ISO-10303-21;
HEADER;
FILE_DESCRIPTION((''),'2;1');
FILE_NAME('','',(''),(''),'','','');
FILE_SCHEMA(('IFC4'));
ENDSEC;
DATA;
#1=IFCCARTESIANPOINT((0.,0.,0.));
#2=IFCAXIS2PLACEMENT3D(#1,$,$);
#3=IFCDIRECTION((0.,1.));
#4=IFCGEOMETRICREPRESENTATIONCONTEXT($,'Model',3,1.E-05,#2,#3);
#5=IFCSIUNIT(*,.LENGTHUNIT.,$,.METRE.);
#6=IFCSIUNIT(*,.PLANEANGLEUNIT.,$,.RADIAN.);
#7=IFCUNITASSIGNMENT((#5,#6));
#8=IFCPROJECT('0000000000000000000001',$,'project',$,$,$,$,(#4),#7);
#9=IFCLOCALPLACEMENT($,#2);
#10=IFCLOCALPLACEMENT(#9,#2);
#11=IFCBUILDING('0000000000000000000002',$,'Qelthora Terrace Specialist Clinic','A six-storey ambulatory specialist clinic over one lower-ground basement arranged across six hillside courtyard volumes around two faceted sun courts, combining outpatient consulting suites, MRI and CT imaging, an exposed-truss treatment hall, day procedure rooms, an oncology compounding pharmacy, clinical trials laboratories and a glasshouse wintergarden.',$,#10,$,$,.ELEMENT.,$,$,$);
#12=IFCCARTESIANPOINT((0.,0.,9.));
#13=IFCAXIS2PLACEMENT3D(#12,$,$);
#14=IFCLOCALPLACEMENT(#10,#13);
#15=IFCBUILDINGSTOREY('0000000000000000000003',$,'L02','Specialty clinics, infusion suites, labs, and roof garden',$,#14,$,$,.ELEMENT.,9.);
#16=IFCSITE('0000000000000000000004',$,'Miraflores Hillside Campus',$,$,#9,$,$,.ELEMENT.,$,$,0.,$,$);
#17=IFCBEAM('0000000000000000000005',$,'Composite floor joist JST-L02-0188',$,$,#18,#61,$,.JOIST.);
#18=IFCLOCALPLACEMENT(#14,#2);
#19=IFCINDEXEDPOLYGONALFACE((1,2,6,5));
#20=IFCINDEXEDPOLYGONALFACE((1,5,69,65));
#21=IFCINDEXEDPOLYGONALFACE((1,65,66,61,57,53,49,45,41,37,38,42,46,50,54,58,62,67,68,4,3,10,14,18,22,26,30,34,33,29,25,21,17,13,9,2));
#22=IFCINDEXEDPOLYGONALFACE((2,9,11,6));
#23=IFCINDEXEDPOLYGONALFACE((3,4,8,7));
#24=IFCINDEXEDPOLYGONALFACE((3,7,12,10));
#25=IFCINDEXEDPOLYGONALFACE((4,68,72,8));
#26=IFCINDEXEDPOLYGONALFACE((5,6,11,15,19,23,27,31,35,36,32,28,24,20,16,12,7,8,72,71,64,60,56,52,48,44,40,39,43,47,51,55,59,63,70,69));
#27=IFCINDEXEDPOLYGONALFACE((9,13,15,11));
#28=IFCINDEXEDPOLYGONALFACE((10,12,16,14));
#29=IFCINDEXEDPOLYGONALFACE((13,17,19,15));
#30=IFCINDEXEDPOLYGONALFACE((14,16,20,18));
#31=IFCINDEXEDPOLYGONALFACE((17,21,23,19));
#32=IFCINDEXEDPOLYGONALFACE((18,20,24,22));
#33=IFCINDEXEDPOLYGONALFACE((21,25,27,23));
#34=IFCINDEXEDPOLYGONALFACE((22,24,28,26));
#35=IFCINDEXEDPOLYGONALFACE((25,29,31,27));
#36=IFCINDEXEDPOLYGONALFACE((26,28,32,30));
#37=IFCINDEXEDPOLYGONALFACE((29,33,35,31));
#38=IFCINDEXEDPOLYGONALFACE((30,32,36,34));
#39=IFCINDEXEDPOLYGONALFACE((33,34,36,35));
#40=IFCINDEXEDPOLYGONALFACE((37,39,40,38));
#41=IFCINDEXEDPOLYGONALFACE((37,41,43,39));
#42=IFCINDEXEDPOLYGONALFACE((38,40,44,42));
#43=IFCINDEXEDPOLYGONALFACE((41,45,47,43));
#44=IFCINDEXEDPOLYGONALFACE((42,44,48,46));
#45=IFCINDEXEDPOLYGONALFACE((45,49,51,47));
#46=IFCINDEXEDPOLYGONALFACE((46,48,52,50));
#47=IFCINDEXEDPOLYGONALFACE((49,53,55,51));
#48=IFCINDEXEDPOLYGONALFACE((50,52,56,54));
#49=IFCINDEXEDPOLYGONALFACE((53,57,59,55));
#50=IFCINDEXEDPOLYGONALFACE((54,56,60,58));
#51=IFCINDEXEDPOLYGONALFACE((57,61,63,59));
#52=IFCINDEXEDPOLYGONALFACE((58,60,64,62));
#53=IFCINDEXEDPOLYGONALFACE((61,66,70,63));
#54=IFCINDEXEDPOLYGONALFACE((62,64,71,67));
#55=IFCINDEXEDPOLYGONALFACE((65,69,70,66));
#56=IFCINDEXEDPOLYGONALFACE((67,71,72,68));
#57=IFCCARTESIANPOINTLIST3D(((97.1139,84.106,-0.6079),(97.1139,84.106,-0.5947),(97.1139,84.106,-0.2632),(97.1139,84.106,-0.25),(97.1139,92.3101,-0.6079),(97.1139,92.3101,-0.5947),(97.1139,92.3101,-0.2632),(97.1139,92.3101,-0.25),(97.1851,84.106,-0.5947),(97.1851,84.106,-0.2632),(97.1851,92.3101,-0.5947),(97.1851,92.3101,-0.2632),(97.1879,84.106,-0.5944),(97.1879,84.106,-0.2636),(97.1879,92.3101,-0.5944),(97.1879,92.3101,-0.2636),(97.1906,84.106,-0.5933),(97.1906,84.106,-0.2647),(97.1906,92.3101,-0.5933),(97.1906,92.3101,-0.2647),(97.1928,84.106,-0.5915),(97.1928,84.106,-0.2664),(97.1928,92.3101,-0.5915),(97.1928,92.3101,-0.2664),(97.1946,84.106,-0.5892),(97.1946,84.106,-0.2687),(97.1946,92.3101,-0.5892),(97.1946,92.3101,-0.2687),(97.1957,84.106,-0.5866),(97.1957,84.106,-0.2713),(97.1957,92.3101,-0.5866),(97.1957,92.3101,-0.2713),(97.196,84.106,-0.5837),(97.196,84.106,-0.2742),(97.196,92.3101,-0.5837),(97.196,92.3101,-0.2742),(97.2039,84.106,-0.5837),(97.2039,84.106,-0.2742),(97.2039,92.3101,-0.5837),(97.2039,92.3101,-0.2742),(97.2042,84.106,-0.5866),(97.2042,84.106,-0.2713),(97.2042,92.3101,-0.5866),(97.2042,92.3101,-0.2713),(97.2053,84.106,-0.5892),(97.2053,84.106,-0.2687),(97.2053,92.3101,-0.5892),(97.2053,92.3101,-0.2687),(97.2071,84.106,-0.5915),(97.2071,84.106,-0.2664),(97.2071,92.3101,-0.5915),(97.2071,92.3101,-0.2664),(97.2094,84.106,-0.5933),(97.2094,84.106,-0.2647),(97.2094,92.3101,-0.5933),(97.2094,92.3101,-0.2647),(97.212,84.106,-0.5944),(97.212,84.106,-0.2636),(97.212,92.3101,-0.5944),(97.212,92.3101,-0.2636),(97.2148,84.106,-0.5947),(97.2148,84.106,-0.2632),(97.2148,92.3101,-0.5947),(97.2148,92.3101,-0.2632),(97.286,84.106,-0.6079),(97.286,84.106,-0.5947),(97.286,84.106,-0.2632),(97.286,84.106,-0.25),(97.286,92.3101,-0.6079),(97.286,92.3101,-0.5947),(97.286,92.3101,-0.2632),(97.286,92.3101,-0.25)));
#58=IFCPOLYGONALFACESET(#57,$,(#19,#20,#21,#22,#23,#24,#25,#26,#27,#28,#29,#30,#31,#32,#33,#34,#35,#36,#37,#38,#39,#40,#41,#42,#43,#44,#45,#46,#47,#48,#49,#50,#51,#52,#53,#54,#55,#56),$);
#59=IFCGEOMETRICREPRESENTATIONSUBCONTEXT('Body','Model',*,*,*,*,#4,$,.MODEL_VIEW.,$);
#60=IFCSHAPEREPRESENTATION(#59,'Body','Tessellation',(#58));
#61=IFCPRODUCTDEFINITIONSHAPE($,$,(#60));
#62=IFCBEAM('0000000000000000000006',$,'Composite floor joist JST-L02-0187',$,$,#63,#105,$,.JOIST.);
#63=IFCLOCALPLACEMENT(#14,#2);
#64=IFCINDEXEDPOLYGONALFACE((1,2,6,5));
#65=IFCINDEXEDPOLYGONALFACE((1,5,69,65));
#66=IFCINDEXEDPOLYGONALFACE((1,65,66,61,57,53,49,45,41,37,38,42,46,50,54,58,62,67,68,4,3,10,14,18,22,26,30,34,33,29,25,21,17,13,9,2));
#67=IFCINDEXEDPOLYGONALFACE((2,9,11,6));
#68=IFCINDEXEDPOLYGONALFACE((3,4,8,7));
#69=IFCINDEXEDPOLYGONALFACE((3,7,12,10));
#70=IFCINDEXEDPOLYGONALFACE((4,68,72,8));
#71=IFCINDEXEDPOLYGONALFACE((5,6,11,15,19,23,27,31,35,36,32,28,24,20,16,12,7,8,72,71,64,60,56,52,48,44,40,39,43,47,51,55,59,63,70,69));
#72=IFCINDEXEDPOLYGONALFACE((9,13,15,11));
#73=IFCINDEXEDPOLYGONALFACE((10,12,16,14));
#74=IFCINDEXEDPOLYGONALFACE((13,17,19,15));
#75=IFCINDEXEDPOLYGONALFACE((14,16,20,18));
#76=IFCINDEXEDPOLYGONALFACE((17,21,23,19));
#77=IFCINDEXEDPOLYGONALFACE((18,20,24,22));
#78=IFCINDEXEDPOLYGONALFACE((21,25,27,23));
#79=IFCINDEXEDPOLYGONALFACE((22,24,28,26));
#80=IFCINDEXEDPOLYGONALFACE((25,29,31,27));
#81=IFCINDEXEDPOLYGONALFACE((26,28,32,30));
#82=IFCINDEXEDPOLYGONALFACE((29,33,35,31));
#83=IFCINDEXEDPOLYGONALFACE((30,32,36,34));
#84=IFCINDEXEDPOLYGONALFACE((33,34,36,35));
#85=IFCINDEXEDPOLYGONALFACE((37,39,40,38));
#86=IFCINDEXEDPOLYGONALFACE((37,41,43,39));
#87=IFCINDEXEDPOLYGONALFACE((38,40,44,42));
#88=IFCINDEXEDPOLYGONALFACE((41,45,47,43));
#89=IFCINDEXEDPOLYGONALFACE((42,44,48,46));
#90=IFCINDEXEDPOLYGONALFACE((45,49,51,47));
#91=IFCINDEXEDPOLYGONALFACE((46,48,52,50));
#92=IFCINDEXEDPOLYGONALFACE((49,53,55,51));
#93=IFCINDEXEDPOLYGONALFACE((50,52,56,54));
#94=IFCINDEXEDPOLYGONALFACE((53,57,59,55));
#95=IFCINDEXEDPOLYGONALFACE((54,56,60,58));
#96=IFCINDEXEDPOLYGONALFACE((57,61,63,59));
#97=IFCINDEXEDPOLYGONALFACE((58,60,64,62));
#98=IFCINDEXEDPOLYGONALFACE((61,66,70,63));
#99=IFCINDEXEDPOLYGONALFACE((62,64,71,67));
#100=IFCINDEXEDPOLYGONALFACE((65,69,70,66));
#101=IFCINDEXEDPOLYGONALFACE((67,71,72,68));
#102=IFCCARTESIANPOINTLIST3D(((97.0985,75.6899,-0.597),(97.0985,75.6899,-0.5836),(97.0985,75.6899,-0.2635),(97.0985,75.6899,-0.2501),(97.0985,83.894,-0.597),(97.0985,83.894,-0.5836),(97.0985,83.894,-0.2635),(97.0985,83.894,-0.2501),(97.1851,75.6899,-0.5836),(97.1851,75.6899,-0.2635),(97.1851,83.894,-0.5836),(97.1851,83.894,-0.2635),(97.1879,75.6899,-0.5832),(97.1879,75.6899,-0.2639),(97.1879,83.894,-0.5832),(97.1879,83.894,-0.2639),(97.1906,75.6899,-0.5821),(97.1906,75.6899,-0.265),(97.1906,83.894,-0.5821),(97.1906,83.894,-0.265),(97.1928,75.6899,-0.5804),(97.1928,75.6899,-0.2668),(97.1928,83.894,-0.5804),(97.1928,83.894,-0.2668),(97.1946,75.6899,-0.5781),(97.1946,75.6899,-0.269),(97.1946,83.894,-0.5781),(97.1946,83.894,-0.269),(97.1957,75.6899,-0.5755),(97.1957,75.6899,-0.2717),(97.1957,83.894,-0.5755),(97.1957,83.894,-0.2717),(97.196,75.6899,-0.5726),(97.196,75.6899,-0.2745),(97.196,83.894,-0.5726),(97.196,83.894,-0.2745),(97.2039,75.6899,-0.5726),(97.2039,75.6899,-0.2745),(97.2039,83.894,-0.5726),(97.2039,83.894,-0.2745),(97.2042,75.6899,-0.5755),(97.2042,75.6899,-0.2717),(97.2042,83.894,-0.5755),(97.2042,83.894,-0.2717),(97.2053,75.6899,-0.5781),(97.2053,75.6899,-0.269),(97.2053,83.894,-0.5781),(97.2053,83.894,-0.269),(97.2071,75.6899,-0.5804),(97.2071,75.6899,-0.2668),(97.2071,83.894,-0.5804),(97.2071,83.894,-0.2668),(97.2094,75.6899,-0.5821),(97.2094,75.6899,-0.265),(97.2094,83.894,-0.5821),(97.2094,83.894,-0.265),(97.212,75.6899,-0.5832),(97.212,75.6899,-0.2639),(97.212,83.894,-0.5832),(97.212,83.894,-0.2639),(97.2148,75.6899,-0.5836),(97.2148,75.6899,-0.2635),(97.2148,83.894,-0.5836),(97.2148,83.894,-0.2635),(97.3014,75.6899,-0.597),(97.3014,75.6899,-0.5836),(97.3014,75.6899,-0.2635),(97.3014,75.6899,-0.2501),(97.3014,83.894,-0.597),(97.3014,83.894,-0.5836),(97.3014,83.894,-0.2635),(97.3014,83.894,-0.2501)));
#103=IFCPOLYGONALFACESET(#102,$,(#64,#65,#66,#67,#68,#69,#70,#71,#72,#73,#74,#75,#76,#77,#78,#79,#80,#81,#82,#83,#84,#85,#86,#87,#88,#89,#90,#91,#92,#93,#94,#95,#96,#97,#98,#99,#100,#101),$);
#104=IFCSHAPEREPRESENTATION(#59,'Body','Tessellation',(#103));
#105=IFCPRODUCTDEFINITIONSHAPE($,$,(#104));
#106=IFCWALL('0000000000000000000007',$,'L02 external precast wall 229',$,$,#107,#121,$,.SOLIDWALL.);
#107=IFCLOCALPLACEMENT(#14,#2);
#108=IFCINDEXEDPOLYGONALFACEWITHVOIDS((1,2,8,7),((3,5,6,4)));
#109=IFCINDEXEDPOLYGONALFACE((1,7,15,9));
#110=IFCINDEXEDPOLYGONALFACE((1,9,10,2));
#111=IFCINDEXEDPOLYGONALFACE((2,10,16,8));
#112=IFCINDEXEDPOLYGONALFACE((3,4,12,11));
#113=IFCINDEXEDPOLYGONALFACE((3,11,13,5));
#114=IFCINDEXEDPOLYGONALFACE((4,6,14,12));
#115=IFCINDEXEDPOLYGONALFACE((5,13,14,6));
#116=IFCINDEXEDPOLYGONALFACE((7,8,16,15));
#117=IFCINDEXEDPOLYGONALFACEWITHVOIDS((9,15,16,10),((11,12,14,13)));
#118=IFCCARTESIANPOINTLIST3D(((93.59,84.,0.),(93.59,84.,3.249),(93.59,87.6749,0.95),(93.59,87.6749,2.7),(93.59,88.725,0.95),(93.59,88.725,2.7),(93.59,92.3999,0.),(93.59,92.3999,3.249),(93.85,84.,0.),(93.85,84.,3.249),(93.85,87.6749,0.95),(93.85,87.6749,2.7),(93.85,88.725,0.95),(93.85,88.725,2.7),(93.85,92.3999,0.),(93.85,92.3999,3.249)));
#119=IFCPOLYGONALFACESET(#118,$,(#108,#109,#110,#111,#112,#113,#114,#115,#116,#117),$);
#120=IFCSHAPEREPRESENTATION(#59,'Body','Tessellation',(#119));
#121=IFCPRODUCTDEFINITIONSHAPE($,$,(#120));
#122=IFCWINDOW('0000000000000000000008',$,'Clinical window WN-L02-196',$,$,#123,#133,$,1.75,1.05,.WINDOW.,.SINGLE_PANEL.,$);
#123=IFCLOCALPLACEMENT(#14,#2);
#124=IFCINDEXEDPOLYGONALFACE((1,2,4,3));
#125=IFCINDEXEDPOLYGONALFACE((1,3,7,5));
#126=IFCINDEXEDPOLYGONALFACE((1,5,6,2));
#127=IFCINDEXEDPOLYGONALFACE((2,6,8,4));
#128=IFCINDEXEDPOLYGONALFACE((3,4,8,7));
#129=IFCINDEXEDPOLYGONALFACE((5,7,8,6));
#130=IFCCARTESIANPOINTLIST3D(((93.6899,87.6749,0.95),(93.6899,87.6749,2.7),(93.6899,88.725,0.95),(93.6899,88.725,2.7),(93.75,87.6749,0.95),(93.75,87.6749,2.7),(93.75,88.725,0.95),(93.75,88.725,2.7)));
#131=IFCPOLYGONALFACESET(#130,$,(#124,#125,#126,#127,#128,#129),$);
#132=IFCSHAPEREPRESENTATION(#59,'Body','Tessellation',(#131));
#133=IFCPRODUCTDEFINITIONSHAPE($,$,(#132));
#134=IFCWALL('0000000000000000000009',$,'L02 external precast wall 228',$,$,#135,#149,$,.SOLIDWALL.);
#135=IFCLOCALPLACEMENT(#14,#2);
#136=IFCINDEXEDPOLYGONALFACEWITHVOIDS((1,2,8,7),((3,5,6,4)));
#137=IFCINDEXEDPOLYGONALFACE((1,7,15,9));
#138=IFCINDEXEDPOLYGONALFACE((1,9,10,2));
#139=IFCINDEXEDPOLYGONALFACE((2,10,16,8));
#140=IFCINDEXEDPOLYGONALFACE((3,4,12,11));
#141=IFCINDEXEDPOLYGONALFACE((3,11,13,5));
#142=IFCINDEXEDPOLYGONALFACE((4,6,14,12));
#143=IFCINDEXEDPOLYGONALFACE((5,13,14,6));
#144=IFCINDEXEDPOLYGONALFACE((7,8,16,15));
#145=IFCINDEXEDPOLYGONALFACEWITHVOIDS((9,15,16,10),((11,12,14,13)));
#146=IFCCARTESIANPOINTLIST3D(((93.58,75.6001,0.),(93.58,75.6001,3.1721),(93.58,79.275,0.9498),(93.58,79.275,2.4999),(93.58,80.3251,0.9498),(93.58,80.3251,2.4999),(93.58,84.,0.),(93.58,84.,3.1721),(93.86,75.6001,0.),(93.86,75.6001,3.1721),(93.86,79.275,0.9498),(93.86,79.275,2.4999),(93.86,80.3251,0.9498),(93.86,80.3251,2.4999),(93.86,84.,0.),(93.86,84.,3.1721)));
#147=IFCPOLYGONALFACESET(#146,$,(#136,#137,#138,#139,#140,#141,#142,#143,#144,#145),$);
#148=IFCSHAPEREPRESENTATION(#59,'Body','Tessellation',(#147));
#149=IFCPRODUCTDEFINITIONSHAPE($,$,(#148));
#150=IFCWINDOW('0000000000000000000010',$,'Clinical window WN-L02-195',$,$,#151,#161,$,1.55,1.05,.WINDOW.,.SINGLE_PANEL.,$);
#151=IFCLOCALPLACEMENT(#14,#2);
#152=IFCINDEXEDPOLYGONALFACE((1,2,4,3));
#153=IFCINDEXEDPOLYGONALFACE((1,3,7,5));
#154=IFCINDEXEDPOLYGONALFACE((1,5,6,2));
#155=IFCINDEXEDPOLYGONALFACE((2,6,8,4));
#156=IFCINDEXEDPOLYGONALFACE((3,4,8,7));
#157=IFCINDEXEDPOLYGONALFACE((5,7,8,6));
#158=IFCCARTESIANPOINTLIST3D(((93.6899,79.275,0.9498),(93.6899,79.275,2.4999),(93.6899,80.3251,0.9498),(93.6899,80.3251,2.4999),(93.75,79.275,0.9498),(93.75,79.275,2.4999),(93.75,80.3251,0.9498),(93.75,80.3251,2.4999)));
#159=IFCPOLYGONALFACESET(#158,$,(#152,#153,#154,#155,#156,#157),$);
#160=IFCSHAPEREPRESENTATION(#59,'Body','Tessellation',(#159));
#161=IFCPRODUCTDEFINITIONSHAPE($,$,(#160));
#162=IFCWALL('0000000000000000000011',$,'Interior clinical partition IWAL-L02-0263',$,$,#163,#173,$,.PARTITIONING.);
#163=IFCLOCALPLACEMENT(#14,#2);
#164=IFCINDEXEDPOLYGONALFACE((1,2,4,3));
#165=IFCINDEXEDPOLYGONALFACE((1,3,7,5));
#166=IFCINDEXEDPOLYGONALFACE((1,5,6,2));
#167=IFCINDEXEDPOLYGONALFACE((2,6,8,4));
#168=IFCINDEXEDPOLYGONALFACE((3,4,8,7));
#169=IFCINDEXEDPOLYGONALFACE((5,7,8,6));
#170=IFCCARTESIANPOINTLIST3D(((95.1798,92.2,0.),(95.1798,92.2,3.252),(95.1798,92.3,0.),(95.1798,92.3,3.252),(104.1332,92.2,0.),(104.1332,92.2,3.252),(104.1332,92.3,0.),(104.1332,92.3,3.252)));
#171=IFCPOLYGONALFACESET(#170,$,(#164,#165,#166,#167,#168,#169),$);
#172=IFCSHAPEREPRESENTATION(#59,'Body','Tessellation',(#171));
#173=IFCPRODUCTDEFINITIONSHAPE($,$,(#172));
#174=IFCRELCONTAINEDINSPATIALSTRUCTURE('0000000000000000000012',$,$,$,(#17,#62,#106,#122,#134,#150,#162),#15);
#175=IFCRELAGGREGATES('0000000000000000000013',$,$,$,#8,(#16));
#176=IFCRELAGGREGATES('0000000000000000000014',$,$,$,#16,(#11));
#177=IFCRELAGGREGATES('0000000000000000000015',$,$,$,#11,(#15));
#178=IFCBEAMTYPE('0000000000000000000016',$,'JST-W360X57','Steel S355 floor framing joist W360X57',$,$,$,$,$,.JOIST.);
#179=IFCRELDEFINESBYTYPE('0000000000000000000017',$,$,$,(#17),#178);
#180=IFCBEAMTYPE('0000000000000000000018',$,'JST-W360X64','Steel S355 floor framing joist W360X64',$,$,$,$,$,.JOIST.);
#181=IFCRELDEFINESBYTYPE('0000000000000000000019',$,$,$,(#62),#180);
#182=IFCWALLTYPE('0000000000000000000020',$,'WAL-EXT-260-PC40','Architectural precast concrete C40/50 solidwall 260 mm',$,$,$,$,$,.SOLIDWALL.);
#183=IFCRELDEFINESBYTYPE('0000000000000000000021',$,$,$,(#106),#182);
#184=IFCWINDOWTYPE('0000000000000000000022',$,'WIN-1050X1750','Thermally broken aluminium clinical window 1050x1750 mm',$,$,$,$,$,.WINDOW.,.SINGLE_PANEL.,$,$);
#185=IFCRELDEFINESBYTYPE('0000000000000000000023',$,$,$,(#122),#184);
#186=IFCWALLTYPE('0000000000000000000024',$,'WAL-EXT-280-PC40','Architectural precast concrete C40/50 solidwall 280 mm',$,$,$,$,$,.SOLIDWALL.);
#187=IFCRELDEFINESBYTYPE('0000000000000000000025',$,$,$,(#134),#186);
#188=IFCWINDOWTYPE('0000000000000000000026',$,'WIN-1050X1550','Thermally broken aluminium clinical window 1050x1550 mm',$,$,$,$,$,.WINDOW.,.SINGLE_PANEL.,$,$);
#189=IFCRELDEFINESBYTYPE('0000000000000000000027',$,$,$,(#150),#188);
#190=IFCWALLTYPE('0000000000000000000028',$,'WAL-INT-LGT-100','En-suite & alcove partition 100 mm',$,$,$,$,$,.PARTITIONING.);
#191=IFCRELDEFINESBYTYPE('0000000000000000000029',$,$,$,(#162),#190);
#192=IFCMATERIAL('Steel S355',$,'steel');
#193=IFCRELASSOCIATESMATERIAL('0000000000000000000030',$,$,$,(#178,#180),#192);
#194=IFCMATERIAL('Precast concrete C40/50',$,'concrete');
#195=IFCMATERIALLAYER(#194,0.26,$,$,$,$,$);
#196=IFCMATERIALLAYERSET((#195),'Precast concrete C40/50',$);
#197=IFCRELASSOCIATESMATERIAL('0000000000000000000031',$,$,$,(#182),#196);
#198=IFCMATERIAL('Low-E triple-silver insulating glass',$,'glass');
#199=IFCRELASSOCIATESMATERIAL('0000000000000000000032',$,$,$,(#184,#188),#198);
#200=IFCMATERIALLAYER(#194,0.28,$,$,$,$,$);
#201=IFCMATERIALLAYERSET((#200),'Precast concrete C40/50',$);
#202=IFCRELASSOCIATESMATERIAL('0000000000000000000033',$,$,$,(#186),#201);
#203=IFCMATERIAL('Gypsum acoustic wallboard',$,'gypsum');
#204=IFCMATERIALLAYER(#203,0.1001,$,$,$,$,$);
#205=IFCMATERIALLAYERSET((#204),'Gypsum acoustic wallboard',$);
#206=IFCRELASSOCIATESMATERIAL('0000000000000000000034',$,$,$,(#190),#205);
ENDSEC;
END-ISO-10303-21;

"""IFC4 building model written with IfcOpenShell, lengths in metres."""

from ifc_helpers import new_model, si_unit, direction, frame, frame_2d, origin, origin_2d, place, context, subcontext, project, spatial, rectangle, i_section, extrude, material, layer, layer_set, material_profile, profile_set, type_object, element, fill, save


model = new_model("IFC4")

# Units and contexts
model_context = context("Model", 3, precision=1e-05, world=origin(), true_north=direction((0.0, 1.0)))
body_context = subcontext(model_context, "Body", "Model", "MODEL_VIEW")
ifc_project = project(units=[si_unit("LENGTHUNIT", "METRE"), si_unit("PLANEANGLEUNIT", "RADIAN")], contexts=[model_context])

# Site, building, storey
site_placement = place(None, origin())
site = spatial("IfcSite", under=ifc_project, at=site_placement, Name="Miraflores Hillside Campus", CompositionType="ELEMENT", RefElevation=0.0)
building_placement = place(site_placement, origin())
building = spatial("IfcBuilding", under=site, at=building_placement, Name="Qelthora Terrace Specialist Clinic", Description="A six-storey ambulatory specialist clinic over one lower-ground basement arranged across six hillside courtyard volumes around two faceted sun courts, combining outpatient consulting suites, MRI and CT imaging, an exposed-truss treatment hall, day procedure rooms, an oncology compounding pharmacy, clinical trials laboratories and a glasshouse wintergarden.", CompositionType="ELEMENT")
storey_placement = place(building_placement, frame((0.0, 0.0, 9.0)))
storey = spatial("IfcBuildingStorey", under=building, at=storey_placement, Name="L02", Description="Specialty clinics, infusion suites, labs, and roof garden", CompositionType="ELEMENT", Elevation=9.0)

# Shared definitions
ifc_material_1 = material(Name="Steel S355", Category="steel")

# Beams
ifc_material_profile_1 = material_profile(ifc_material_1, i_section(OverallWidth=0.1721, OverallDepth=0.3579, WebThickness=0.0078, FlangeThickness=0.0132, FilletRadius=0.011, at=origin_2d()), Name="W360X57")
ifc_profile_set_1 = profile_set([ifc_material_profile_1], Name="Steel S355")
beam_type_1 = type_object("IfcBeamType", Name="JST-W360X57", Description="Steel S355 floor framing joist W360X57", PredefinedType="JOIST", material=ifc_profile_set_1)
beam_1_placement = place(storey_placement, frame((97.2, 84.106, -0.429), z_axis=(0.0, 1.0, 0.0), x_axis=(-1.0, 0.0, 0.0)))
element("IfcBeam", 1, at=beam_1_placement, inside=storey, type_object=beam_type_1, Name="Composite floor joist JST-L02-0188", PredefinedType="JOIST", context=body_context, shape_type="SweptSolid", body=[
    extrude(i_section(OverallWidth=0.1721, OverallDepth=0.3579, WebThickness=0.0078, FlangeThickness=0.0132, FilletRadius=0.011, at=origin_2d()), origin(), (0.0, 0.0, 1.0), 8.2041),
])
ifc_material_profile_2 = material_profile(ifc_material_1, i_section(OverallWidth=0.2029, OverallDepth=0.3469, WebThickness=0.0078, FlangeThickness=0.0134, FilletRadius=0.011, at=origin_2d()), Name="W360X64")
ifc_profile_set_2 = profile_set([ifc_material_profile_2], Name="Steel S355")
beam_type_2 = type_object("IfcBeamType", Name="JST-W360X64", Description="Steel S355 floor framing joist W360X64", PredefinedType="JOIST", material=ifc_profile_set_2)
beam_2_placement = place(storey_placement, frame((97.2, 75.6899, -0.4236), z_axis=(0.0, 1.0, 0.0), x_axis=(-1.0, 0.0, 0.0)))
element("IfcBeam", 2, at=beam_2_placement, inside=storey, type_object=beam_type_2, Name="Composite floor joist JST-L02-0187", PredefinedType="JOIST", context=body_context, shape_type="SweptSolid", body=[
    extrude(i_section(OverallWidth=0.2029, OverallDepth=0.3469, WebThickness=0.0078, FlangeThickness=0.0134, FilletRadius=0.011, at=origin_2d()), origin(), (0.0, 0.0, 1.0), 8.2041),
])

# Walls, openings, windows
ifc_material_2 = material(Name="Precast concrete C40/50", Category="concrete")
ifc_layer_1 = layer(ifc_material_2, 0.26)
ifc_layer_set_1 = layer_set([ifc_layer_1], Name="Precast concrete C40/50")
wall_type_1 = type_object("IfcWallType", Name="WAL-EXT-260-PC40", Description="Architectural precast concrete C40/50 solidwall 260 mm", PredefinedType="SOLIDWALL", material=ifc_layer_set_1)
wall_1_placement = place(storey_placement, frame((93.72, 84.0, 0.0), z_axis=(0.0, 0.0, 1.0), x_axis=(0.0, 1.0, 0.0)))
wall_1 = element("IfcWall", 3, at=wall_1_placement, inside=storey, type_object=wall_type_1, Name="L02 external precast wall 229", PredefinedType="SOLIDWALL", context=body_context, shape_type="SweptSolid", body=[
    extrude(rectangle(XDim=8.3999, YDim=0.26, at=frame_2d((4.2, 0.0))), origin(), (0.0, 0.0, 1.0), 3.249),
])
opening_1_placement = place(wall_1_placement, frame((3.675, 0.0, 0.95)))
opening_1 = element("IfcOpeningElement", 4, at=opening_1_placement, cuts=wall_1, PredefinedType="OPENING", context=body_context, shape_type="SweptSolid", body=[
    extrude(rectangle(XDim=1.05, YDim=1.75, at=frame_2d((0.5249, 0.875))), frame((0.0, 0.1399, 0.0), z_axis=(0.0, -1.0, 0.0), x_axis=(1.0, 0.0, 0.0)), (0.0, 0.0, 1.0), 0.28),
])
ifc_material_3 = material(Name="Low-E triple-silver insulating glass", Category="glass")
window_type_1 = type_object("IfcWindowType", Name="WIN-1050X1750", Description="Thermally broken aluminium clinical window 1050x1750 mm", PartitioningType="SINGLE_PANEL", PredefinedType="WINDOW", material=ifc_material_3)
window_1_placement = place(opening_1_placement, origin())
window_1 = element("IfcWindow", 5, at=window_1_placement, inside=storey, type_object=window_type_1, Name="Clinical window WN-L02-196", OverallHeight=1.75, OverallWidth=1.05, PartitioningType="SINGLE_PANEL", PredefinedType="WINDOW", context=body_context, shape_type="SweptSolid", body=[
    extrude(rectangle(XDim=1.05, YDim=1.75, at=frame_2d((0.5249, 0.875))), frame((0.0, 0.03, 0.0), z_axis=(0.0, -1.0, 0.0), x_axis=(1.0, 0.0, 0.0)), (0.0, 0.0, 1.0), 0.0601),
])
fill(opening_1, window_1)
ifc_layer_2 = layer(ifc_material_2, 0.28)
ifc_layer_set_2 = layer_set([ifc_layer_2], Name="Precast concrete C40/50")
wall_type_2 = type_object("IfcWallType", Name="WAL-EXT-280-PC40", Description="Architectural precast concrete C40/50 solidwall 280 mm", PredefinedType="SOLIDWALL", material=ifc_layer_set_2)
wall_2_placement = place(storey_placement, frame((93.72, 75.6001, 0.0), z_axis=(0.0, 0.0, 1.0), x_axis=(0.0, 1.0, 0.0)))
wall_2 = element("IfcWall", 6, at=wall_2_placement, inside=storey, type_object=wall_type_2, Name="L02 external precast wall 228", PredefinedType="SOLIDWALL", context=body_context, shape_type="SweptSolid", body=[
    extrude(rectangle(XDim=8.3999, YDim=0.28, at=frame_2d((4.2, 0.0))), origin(), (0.0, 0.0, 1.0), 3.1721),
])
opening_2_placement = place(wall_2_placement, frame((3.675, 0.0, 0.95)))
opening_2 = element("IfcOpeningElement", 7, at=opening_2_placement, cuts=wall_2, PredefinedType="OPENING", context=body_context, shape_type="SweptSolid", body=[
    extrude(rectangle(XDim=1.05, YDim=1.55, at=frame_2d((0.5249, 0.7749))), frame((0.0, 0.1499, 0.0), z_axis=(0.0, -1.0, 0.0), x_axis=(1.0, 0.0, 0.0)), (0.0, 0.0, 1.0), 0.3),
])
window_type_2 = type_object("IfcWindowType", Name="WIN-1050X1550", Description="Thermally broken aluminium clinical window 1050x1550 mm", PartitioningType="SINGLE_PANEL", PredefinedType="WINDOW", material=ifc_material_3)
window_2_placement = place(opening_2_placement, origin())
window_2 = element("IfcWindow", 8, at=window_2_placement, inside=storey, type_object=window_type_2, Name="Clinical window WN-L02-195", OverallHeight=1.55, OverallWidth=1.05, PartitioningType="SINGLE_PANEL", PredefinedType="WINDOW", context=body_context, shape_type="SweptSolid", body=[
    extrude(rectangle(XDim=1.05, YDim=1.55, at=frame_2d((0.5249, 0.7749))), frame((0.0, 0.03, 0.0), z_axis=(0.0, -1.0, 0.0), x_axis=(1.0, 0.0, 0.0)), (0.0, 0.0, 1.0), 0.0601),
])
fill(opening_2, window_2)

# Wall
ifc_material_4 = material(Name="Gypsum acoustic wallboard", Category="gypsum")
ifc_layer_3 = layer(ifc_material_4, 0.1001)
ifc_layer_set_3 = layer_set([ifc_layer_3], Name="Gypsum acoustic wallboard")
wall_type_3 = type_object("IfcWallType", Name="WAL-INT-LGT-100", Description="En-suite & alcove partition 100 mm", PredefinedType="PARTITIONING", material=ifc_layer_set_3)
wall_3_placement = place(storey_placement, frame((95.1799, 92.25, 0.0), z_axis=(0.0, 0.0, 1.0), x_axis=(1.0, 0.0, 0.0)))
element("IfcWall", 9, at=wall_3_placement, inside=storey, type_object=wall_type_3, Name="Interior clinical partition IWAL-L02-0263", PredefinedType="PARTITIONING", context=body_context, shape_type="SweptSolid", body=[
    extrude(rectangle(XDim=8.9534, YDim=0.1001, at=frame_2d((4.4766, 0.0))), origin(), (0.0, 0.0, 1.0), 3.252),
])

save(model, "model.ifc")
